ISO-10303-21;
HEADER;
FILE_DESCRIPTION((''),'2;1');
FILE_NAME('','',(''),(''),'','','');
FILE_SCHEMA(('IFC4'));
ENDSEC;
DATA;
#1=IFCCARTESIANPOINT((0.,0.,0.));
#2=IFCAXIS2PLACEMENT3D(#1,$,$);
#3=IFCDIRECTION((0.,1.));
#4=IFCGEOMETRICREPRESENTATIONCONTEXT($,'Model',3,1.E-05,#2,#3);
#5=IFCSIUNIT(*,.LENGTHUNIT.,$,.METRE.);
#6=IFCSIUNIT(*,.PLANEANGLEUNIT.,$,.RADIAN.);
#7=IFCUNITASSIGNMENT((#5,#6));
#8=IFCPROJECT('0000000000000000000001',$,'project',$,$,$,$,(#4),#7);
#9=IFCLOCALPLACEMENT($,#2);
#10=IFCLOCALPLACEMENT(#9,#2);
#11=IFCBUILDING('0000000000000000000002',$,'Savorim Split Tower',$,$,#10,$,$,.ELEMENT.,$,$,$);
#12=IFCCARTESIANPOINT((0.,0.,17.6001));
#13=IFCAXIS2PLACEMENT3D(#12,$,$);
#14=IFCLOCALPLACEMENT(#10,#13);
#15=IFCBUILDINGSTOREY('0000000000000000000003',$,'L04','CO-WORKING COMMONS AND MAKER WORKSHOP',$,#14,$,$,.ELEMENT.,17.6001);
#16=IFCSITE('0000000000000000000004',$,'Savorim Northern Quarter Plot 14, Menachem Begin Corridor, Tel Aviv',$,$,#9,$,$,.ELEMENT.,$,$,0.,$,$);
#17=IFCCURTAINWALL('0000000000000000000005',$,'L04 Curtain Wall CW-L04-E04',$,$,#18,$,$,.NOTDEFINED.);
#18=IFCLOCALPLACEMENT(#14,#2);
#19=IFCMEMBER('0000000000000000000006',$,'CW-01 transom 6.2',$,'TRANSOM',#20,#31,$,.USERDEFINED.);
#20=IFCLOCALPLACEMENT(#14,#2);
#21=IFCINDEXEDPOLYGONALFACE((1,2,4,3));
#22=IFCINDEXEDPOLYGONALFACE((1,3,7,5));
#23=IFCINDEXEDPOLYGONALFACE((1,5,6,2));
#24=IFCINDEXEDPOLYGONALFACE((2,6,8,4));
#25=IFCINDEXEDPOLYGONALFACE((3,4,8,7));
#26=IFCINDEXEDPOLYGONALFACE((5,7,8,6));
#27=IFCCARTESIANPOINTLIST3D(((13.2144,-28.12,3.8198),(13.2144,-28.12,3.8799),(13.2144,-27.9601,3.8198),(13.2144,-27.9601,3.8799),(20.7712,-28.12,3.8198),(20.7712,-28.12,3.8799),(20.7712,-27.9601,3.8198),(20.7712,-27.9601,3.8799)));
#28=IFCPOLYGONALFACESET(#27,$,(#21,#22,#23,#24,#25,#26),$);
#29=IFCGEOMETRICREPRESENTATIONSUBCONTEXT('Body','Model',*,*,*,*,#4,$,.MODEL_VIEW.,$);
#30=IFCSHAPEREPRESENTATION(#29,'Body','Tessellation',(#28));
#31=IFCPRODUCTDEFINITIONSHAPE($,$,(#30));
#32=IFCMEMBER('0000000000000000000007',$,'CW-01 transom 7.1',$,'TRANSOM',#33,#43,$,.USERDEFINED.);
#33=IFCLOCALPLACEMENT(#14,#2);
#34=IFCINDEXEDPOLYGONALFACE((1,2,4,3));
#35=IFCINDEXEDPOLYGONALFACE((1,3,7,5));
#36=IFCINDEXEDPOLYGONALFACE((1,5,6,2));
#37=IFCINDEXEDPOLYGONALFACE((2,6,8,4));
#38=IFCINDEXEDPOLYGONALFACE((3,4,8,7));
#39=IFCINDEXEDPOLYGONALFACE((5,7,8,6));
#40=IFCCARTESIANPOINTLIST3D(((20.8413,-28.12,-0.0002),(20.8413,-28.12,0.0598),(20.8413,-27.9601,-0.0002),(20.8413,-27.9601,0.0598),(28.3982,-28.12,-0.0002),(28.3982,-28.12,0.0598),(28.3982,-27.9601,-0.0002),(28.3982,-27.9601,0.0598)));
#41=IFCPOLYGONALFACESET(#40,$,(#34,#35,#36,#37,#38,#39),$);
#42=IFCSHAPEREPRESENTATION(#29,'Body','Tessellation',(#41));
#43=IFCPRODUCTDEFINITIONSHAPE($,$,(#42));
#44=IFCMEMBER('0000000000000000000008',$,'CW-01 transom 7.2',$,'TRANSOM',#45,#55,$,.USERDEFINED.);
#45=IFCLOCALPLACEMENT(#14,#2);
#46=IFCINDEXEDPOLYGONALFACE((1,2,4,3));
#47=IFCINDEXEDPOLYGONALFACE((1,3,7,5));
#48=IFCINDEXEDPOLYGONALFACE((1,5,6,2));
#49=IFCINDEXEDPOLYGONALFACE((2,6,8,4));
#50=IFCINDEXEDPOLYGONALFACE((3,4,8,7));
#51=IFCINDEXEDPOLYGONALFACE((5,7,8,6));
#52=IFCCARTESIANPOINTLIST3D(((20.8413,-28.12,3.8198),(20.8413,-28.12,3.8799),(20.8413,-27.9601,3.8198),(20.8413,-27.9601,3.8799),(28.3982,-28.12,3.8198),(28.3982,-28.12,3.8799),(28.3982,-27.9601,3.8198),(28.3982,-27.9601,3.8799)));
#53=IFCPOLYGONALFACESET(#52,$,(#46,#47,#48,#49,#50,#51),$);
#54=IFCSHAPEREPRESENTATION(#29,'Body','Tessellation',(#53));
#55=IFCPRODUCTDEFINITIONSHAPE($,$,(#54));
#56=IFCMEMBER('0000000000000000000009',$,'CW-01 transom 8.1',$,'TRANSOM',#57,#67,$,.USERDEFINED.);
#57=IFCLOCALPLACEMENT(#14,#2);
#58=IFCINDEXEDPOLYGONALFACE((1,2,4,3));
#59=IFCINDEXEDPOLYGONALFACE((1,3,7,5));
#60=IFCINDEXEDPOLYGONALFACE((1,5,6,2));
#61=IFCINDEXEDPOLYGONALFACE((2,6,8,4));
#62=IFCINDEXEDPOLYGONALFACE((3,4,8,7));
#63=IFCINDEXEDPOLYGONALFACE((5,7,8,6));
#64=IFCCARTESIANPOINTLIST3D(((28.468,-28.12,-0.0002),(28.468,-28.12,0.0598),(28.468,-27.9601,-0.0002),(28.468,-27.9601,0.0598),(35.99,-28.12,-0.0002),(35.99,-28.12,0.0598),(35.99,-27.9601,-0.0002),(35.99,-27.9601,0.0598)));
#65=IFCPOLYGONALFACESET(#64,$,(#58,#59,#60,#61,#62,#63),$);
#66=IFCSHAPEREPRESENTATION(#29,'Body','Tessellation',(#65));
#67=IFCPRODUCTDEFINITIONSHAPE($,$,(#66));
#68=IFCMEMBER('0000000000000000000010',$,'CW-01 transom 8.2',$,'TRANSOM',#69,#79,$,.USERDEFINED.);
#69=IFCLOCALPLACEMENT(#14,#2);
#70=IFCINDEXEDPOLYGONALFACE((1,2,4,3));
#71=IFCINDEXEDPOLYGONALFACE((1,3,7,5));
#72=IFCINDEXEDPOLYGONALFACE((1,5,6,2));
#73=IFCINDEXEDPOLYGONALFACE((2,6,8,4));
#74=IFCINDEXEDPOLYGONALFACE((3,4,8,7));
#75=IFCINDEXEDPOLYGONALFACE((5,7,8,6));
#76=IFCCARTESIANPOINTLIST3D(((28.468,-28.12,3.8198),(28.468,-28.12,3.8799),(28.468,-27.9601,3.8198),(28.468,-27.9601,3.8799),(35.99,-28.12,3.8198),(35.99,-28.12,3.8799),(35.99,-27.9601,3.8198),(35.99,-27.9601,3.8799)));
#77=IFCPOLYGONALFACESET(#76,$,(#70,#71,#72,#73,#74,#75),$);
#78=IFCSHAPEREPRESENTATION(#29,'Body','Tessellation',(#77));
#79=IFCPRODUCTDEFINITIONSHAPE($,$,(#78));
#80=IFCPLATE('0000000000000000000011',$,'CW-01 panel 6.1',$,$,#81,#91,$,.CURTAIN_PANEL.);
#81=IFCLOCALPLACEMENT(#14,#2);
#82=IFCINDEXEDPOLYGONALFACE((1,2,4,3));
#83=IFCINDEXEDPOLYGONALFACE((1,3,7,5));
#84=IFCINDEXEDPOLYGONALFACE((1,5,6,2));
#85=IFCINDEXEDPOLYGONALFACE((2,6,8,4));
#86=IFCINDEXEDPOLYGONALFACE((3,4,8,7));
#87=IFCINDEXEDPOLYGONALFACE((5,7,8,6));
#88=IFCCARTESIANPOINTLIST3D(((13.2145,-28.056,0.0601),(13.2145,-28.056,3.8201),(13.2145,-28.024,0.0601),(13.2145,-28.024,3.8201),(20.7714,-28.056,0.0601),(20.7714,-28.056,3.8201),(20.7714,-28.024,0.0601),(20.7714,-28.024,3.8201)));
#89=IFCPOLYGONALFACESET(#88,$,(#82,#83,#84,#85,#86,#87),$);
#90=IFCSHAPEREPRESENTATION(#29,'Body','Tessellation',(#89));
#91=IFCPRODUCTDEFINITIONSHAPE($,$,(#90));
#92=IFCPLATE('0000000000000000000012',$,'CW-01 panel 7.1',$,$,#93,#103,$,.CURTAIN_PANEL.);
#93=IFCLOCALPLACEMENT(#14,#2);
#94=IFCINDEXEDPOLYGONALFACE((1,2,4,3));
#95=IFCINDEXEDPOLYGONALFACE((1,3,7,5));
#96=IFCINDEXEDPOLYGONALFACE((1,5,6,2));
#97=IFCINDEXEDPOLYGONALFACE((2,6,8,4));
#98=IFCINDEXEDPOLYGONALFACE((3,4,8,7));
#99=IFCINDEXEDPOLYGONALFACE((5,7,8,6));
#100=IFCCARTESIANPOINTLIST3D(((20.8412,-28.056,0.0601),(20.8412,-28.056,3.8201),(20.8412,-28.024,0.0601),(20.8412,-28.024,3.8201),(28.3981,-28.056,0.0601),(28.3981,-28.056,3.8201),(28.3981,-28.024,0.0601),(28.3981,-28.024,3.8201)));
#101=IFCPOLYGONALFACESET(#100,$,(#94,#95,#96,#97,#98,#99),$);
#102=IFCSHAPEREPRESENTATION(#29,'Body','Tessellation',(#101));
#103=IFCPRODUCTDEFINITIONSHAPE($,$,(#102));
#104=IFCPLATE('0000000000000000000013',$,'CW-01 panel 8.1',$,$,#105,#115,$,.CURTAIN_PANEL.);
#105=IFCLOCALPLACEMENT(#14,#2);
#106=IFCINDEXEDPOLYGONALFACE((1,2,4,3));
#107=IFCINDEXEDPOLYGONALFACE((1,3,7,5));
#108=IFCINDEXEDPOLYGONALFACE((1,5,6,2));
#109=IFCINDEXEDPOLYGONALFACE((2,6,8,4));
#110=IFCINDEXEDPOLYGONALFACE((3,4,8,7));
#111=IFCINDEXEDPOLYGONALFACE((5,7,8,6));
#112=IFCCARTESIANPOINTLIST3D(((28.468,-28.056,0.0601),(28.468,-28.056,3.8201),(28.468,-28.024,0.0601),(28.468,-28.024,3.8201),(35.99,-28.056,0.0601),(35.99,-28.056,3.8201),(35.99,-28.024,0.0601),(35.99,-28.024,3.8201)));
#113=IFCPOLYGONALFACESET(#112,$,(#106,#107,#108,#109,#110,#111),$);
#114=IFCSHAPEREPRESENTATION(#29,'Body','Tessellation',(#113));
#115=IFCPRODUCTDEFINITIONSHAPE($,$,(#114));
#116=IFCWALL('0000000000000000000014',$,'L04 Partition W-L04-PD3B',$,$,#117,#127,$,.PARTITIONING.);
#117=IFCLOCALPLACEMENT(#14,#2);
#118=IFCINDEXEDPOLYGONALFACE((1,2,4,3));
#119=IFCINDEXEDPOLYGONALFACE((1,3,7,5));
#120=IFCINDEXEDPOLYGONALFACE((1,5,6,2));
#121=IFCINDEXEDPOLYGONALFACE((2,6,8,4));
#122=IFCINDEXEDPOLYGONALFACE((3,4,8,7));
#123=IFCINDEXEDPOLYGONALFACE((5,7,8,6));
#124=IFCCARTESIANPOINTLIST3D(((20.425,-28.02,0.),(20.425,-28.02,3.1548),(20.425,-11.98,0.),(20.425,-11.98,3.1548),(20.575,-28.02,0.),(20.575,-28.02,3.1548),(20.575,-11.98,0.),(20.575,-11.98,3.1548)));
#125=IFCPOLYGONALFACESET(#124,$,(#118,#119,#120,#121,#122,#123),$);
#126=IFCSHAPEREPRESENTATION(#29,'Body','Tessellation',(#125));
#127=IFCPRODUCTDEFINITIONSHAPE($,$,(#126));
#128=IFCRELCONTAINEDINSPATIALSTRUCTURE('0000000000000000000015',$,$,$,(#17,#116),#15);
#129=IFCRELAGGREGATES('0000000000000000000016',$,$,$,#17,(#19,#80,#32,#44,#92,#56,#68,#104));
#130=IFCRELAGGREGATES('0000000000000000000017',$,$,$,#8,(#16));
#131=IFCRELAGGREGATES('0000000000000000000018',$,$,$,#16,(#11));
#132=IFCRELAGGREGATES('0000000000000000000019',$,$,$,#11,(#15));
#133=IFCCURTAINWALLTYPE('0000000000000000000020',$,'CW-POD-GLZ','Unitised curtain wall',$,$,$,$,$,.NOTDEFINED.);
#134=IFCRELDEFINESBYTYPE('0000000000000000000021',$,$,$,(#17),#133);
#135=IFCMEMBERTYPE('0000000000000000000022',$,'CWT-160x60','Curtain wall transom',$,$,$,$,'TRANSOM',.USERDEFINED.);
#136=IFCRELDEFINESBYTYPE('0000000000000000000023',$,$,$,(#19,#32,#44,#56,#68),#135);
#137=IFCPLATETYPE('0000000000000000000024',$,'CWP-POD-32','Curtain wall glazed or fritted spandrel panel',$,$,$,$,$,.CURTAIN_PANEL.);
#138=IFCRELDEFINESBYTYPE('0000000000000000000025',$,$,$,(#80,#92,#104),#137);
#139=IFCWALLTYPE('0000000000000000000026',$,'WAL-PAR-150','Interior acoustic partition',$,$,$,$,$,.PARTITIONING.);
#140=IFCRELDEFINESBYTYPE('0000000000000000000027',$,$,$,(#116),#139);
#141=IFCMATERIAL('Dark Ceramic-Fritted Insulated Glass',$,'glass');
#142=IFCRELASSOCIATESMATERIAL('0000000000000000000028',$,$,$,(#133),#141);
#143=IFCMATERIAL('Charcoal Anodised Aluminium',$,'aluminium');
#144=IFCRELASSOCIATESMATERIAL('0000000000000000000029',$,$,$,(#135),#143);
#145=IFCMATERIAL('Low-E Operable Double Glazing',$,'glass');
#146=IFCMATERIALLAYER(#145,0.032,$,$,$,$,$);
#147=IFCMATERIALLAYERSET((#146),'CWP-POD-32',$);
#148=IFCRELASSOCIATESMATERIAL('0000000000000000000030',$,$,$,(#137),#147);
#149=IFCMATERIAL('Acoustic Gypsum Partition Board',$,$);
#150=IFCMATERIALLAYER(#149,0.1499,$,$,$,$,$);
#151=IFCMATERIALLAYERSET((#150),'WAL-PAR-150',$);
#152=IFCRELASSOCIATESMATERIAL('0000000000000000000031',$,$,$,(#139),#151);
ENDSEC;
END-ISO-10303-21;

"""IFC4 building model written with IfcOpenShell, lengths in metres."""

from ifc_helpers import new_model, si_unit, direction, frame, frame_2d, origin, origin_2d, place, context, subcontext, project, spatial, rectangle, extrude, material, layer, layer_set, material_profile, profile_set, type_object, element, aggregate, save


model = new_model("IFC4")

# Units and contexts
model_context = context("Model", 3, precision=1e-05, world=origin(), true_north=direction((0.0, 1.0)))
body_context = subcontext(model_context, "Body", "Model", "MODEL_VIEW")
ifc_project = project(units=[si_unit("LENGTHUNIT", "METRE"), si_unit("PLANEANGLEUNIT", "RADIAN")], contexts=[model_context])

# Site, building, storey
site_placement = place(None, origin())
site = spatial("IfcSite", under=ifc_project, at=site_placement, Name="Savorim Northern Quarter Plot 14, Menachem Begin Corridor, Tel Aviv", CompositionType="ELEMENT", RefElevation=0.0)
building_placement = place(site_placement, origin())
building = spatial("IfcBuilding", under=site, at=building_placement, Name="Savorim Split Tower", CompositionType="ELEMENT")
storey_placement = place(building_placement, frame((0.0, 0.0, 17.6001)))
storey = spatial("IfcBuildingStorey", under=building, at=storey_placement, Name="L04", Description="CO-WORKING COMMONS AND MAKER WORKSHOP", CompositionType="ELEMENT", Elevation=17.6001)

# Curtain wall, members, plates
ifc_material_1 = material(Name="Dark Ceramic-Fritted Insulated Glass", Category="glass")
curtain_wall_type = type_object("IfcCurtainWallType", Name="CW-POD-GLZ", Description="Unitised curtain wall", PredefinedType="NOTDEFINED", material=ifc_material_1)
curtain_wall_placement = place(storey_placement, origin())
curtain_wall = element("IfcCurtainWall", 1, at=curtain_wall_placement, inside=storey, type_object=curtain_wall_type, Name="L04 Curtain Wall CW-L04-E04", PredefinedType="NOTDEFINED")
ifc_material_2 = material(Name="Charcoal Anodised Aluminium", Category="aluminium")
ifc_material_profile_1 = material_profile(ifc_material_2, rectangle(XDim=0.1599, YDim=0.0601, at=origin_2d()), Name="ALU-T 160x60")
ifc_profile_set_1 = profile_set([ifc_material_profile_1], Name="Charcoal Anodised Aluminium")
member_type_1 = type_object("IfcMemberType", Name="CWT-160x60", Description="Curtain wall transom", ElementType="TRANSOM", PredefinedType="USERDEFINED", material=ifc_profile_set_1)
member_1_placement = place(storey_placement, frame((13.2144, -28.04, 3.8499), z_axis=(1.0, 0.0, 0.0), x_axis=(0.0, 1.0, 0.0)))
member_1 = element("IfcMember", 2, at=member_1_placement, type_object=member_type_1, Name="CW-01 transom 6.2", ObjectType="TRANSOM", PredefinedType="USERDEFINED", context=body_context, shape_type="SweptSolid", body=[
    extrude(rectangle(XDim=0.1599, YDim=0.0601, at=origin_2d()), origin(), (0.0, 0.0, 1.0), 7.5569),
])
member_2_placement = place(storey_placement, frame((20.8413, -28.04, 0.0298), z_axis=(1.0, 0.0, 0.0), x_axis=(0.0, 1.0, 0.0)))
member_2 = element("IfcMember", 3, at=member_2_placement, type_object=member_type_1, Name="CW-01 transom 7.1", ObjectType="TRANSOM", PredefinedType="USERDEFINED", context=body_context, shape_type="SweptSolid", body=[
    extrude(rectangle(XDim=0.1599, YDim=0.0601, at=origin_2d()), origin(), (0.0, 0.0, 1.0), 7.5569),
])
member_3_placement = place(storey_placement, frame((20.8413, -28.04, 3.8499), z_axis=(1.0, 0.0, 0.0), x_axis=(0.0, 1.0, 0.0)))
member_3 = element("IfcMember", 4, at=member_3_placement, type_object=member_type_1, Name="CW-01 transom 7.2", ObjectType="TRANSOM", PredefinedType="USERDEFINED", context=body_context, shape_type="SweptSolid", body=[
    extrude(rectangle(XDim=0.1599, YDim=0.0601, at=origin_2d()), origin(), (0.0, 0.0, 1.0), 7.5569),
])
member_4_placement = place(storey_placement, frame((28.468, -28.04, 0.0298), z_axis=(1.0, 0.0, 0.0), x_axis=(0.0, 1.0, 0.0)))
member_4 = element("IfcMember", 5, at=member_4_placement, type_object=member_type_1, Name="CW-01 transom 8.1", ObjectType="TRANSOM", PredefinedType="USERDEFINED", context=body_context, shape_type="SweptSolid", body=[
    extrude(rectangle(XDim=0.1599, YDim=0.0601, at=origin_2d()), origin(), (0.0, 0.0, 1.0), 7.522),
])
member_5_placement = place(storey_placement, frame((28.468, -28.04, 3.8499), z_axis=(1.0, 0.0, 0.0), x_axis=(0.0, 1.0, 0.0)))
member_5 = element("IfcMember", 6, at=member_5_placement, type_object=member_type_1, Name="CW-01 transom 8.2", ObjectType="TRANSOM", PredefinedType="USERDEFINED", context=body_context, shape_type="SweptSolid", body=[
    extrude(rectangle(XDim=0.1599, YDim=0.0601, at=origin_2d()), origin(), (0.0, 0.0, 1.0), 7.522),
])
ifc_material_3 = material(Name="Low-E Operable Double Glazing", Category="glass")
ifc_layer_1 = layer(ifc_material_3, 0.032)
ifc_layer_set_1 = layer_set([ifc_layer_1], Name="CWP-POD-32")
plate_type = type_object("IfcPlateType", Name="CWP-POD-32", Description="Curtain wall glazed or fritted spandrel panel", PredefinedType="CURTAIN_PANEL", material=ifc_layer_set_1)
plate_1_placement = place(storey_placement, frame((16.9929, -28.04, 0.0601), z_axis=(0.0, 0.0, 1.0), x_axis=(1.0, 0.0, 0.0)))
plate_1 = element("IfcPlate", 7, at=plate_1_placement, type_object=plate_type, Name="CW-01 panel 6.1", PredefinedType="CURTAIN_PANEL", context=body_context, shape_type="SweptSolid", body=[
    extrude(rectangle(XDim=7.5569, YDim=0.032, at=origin_2d()), origin(), (0.0, 0.0, 1.0), 3.76),
])
plate_2_placement = place(storey_placement, frame((24.6196, -28.04, 0.0601), z_axis=(0.0, 0.0, 1.0), x_axis=(1.0, 0.0, 0.0)))
plate_2 = element("IfcPlate", 8, at=plate_2_placement, type_object=plate_type, Name="CW-01 panel 7.1", PredefinedType="CURTAIN_PANEL", context=body_context, shape_type="SweptSolid", body=[
    extrude(rectangle(XDim=7.5569, YDim=0.032, at=origin_2d()), origin(), (0.0, 0.0, 1.0), 3.76),
])
plate_3_placement = place(storey_placement, frame((32.229, -28.04, 0.0601), z_axis=(0.0, 0.0, 1.0), x_axis=(1.0, 0.0, 0.0)))
plate_3 = element("IfcPlate", 9, at=plate_3_placement, type_object=plate_type, Name="CW-01 panel 8.1", PredefinedType="CURTAIN_PANEL", context=body_context, shape_type="SweptSolid", body=[
    extrude(rectangle(XDim=7.522, YDim=0.032, at=origin_2d()), origin(), (0.0, 0.0, 1.0), 3.76),
])
aggregate(curtain_wall, [member_1, plate_1, member_2, member_3, plate_2, member_4, member_5, plate_3])

# Wall
ifc_material_4 = material(Name="Acoustic Gypsum Partition Board")
ifc_layer_2 = layer(ifc_material_4, 0.1499)
ifc_layer_set_2 = layer_set([ifc_layer_2], Name="WAL-PAR-150")
wall_type = type_object("IfcWallType", Name="WAL-PAR-150", Description="Interior acoustic partition", PredefinedType="PARTITIONING", material=ifc_layer_set_2)
wall_placement = place(storey_placement, frame((20.5, -28.02, 0.0), z_axis=(0.0, 0.0, 1.0), x_axis=(0.0, 1.0, 0.0)))
element("IfcWall", 10, at=wall_placement, inside=storey, type_object=wall_type, Name="L04 Partition W-L04-PD3B", PredefinedType="PARTITIONING", context=body_context, shape_type="SweptSolid", body=[
    extrude(rectangle(XDim=16.04, YDim=0.1499, at=frame_2d((8.02, 0.0))), origin(), (0.0, 0.0, 1.0), 3.1548),
])

save(model, "model.ifc")
